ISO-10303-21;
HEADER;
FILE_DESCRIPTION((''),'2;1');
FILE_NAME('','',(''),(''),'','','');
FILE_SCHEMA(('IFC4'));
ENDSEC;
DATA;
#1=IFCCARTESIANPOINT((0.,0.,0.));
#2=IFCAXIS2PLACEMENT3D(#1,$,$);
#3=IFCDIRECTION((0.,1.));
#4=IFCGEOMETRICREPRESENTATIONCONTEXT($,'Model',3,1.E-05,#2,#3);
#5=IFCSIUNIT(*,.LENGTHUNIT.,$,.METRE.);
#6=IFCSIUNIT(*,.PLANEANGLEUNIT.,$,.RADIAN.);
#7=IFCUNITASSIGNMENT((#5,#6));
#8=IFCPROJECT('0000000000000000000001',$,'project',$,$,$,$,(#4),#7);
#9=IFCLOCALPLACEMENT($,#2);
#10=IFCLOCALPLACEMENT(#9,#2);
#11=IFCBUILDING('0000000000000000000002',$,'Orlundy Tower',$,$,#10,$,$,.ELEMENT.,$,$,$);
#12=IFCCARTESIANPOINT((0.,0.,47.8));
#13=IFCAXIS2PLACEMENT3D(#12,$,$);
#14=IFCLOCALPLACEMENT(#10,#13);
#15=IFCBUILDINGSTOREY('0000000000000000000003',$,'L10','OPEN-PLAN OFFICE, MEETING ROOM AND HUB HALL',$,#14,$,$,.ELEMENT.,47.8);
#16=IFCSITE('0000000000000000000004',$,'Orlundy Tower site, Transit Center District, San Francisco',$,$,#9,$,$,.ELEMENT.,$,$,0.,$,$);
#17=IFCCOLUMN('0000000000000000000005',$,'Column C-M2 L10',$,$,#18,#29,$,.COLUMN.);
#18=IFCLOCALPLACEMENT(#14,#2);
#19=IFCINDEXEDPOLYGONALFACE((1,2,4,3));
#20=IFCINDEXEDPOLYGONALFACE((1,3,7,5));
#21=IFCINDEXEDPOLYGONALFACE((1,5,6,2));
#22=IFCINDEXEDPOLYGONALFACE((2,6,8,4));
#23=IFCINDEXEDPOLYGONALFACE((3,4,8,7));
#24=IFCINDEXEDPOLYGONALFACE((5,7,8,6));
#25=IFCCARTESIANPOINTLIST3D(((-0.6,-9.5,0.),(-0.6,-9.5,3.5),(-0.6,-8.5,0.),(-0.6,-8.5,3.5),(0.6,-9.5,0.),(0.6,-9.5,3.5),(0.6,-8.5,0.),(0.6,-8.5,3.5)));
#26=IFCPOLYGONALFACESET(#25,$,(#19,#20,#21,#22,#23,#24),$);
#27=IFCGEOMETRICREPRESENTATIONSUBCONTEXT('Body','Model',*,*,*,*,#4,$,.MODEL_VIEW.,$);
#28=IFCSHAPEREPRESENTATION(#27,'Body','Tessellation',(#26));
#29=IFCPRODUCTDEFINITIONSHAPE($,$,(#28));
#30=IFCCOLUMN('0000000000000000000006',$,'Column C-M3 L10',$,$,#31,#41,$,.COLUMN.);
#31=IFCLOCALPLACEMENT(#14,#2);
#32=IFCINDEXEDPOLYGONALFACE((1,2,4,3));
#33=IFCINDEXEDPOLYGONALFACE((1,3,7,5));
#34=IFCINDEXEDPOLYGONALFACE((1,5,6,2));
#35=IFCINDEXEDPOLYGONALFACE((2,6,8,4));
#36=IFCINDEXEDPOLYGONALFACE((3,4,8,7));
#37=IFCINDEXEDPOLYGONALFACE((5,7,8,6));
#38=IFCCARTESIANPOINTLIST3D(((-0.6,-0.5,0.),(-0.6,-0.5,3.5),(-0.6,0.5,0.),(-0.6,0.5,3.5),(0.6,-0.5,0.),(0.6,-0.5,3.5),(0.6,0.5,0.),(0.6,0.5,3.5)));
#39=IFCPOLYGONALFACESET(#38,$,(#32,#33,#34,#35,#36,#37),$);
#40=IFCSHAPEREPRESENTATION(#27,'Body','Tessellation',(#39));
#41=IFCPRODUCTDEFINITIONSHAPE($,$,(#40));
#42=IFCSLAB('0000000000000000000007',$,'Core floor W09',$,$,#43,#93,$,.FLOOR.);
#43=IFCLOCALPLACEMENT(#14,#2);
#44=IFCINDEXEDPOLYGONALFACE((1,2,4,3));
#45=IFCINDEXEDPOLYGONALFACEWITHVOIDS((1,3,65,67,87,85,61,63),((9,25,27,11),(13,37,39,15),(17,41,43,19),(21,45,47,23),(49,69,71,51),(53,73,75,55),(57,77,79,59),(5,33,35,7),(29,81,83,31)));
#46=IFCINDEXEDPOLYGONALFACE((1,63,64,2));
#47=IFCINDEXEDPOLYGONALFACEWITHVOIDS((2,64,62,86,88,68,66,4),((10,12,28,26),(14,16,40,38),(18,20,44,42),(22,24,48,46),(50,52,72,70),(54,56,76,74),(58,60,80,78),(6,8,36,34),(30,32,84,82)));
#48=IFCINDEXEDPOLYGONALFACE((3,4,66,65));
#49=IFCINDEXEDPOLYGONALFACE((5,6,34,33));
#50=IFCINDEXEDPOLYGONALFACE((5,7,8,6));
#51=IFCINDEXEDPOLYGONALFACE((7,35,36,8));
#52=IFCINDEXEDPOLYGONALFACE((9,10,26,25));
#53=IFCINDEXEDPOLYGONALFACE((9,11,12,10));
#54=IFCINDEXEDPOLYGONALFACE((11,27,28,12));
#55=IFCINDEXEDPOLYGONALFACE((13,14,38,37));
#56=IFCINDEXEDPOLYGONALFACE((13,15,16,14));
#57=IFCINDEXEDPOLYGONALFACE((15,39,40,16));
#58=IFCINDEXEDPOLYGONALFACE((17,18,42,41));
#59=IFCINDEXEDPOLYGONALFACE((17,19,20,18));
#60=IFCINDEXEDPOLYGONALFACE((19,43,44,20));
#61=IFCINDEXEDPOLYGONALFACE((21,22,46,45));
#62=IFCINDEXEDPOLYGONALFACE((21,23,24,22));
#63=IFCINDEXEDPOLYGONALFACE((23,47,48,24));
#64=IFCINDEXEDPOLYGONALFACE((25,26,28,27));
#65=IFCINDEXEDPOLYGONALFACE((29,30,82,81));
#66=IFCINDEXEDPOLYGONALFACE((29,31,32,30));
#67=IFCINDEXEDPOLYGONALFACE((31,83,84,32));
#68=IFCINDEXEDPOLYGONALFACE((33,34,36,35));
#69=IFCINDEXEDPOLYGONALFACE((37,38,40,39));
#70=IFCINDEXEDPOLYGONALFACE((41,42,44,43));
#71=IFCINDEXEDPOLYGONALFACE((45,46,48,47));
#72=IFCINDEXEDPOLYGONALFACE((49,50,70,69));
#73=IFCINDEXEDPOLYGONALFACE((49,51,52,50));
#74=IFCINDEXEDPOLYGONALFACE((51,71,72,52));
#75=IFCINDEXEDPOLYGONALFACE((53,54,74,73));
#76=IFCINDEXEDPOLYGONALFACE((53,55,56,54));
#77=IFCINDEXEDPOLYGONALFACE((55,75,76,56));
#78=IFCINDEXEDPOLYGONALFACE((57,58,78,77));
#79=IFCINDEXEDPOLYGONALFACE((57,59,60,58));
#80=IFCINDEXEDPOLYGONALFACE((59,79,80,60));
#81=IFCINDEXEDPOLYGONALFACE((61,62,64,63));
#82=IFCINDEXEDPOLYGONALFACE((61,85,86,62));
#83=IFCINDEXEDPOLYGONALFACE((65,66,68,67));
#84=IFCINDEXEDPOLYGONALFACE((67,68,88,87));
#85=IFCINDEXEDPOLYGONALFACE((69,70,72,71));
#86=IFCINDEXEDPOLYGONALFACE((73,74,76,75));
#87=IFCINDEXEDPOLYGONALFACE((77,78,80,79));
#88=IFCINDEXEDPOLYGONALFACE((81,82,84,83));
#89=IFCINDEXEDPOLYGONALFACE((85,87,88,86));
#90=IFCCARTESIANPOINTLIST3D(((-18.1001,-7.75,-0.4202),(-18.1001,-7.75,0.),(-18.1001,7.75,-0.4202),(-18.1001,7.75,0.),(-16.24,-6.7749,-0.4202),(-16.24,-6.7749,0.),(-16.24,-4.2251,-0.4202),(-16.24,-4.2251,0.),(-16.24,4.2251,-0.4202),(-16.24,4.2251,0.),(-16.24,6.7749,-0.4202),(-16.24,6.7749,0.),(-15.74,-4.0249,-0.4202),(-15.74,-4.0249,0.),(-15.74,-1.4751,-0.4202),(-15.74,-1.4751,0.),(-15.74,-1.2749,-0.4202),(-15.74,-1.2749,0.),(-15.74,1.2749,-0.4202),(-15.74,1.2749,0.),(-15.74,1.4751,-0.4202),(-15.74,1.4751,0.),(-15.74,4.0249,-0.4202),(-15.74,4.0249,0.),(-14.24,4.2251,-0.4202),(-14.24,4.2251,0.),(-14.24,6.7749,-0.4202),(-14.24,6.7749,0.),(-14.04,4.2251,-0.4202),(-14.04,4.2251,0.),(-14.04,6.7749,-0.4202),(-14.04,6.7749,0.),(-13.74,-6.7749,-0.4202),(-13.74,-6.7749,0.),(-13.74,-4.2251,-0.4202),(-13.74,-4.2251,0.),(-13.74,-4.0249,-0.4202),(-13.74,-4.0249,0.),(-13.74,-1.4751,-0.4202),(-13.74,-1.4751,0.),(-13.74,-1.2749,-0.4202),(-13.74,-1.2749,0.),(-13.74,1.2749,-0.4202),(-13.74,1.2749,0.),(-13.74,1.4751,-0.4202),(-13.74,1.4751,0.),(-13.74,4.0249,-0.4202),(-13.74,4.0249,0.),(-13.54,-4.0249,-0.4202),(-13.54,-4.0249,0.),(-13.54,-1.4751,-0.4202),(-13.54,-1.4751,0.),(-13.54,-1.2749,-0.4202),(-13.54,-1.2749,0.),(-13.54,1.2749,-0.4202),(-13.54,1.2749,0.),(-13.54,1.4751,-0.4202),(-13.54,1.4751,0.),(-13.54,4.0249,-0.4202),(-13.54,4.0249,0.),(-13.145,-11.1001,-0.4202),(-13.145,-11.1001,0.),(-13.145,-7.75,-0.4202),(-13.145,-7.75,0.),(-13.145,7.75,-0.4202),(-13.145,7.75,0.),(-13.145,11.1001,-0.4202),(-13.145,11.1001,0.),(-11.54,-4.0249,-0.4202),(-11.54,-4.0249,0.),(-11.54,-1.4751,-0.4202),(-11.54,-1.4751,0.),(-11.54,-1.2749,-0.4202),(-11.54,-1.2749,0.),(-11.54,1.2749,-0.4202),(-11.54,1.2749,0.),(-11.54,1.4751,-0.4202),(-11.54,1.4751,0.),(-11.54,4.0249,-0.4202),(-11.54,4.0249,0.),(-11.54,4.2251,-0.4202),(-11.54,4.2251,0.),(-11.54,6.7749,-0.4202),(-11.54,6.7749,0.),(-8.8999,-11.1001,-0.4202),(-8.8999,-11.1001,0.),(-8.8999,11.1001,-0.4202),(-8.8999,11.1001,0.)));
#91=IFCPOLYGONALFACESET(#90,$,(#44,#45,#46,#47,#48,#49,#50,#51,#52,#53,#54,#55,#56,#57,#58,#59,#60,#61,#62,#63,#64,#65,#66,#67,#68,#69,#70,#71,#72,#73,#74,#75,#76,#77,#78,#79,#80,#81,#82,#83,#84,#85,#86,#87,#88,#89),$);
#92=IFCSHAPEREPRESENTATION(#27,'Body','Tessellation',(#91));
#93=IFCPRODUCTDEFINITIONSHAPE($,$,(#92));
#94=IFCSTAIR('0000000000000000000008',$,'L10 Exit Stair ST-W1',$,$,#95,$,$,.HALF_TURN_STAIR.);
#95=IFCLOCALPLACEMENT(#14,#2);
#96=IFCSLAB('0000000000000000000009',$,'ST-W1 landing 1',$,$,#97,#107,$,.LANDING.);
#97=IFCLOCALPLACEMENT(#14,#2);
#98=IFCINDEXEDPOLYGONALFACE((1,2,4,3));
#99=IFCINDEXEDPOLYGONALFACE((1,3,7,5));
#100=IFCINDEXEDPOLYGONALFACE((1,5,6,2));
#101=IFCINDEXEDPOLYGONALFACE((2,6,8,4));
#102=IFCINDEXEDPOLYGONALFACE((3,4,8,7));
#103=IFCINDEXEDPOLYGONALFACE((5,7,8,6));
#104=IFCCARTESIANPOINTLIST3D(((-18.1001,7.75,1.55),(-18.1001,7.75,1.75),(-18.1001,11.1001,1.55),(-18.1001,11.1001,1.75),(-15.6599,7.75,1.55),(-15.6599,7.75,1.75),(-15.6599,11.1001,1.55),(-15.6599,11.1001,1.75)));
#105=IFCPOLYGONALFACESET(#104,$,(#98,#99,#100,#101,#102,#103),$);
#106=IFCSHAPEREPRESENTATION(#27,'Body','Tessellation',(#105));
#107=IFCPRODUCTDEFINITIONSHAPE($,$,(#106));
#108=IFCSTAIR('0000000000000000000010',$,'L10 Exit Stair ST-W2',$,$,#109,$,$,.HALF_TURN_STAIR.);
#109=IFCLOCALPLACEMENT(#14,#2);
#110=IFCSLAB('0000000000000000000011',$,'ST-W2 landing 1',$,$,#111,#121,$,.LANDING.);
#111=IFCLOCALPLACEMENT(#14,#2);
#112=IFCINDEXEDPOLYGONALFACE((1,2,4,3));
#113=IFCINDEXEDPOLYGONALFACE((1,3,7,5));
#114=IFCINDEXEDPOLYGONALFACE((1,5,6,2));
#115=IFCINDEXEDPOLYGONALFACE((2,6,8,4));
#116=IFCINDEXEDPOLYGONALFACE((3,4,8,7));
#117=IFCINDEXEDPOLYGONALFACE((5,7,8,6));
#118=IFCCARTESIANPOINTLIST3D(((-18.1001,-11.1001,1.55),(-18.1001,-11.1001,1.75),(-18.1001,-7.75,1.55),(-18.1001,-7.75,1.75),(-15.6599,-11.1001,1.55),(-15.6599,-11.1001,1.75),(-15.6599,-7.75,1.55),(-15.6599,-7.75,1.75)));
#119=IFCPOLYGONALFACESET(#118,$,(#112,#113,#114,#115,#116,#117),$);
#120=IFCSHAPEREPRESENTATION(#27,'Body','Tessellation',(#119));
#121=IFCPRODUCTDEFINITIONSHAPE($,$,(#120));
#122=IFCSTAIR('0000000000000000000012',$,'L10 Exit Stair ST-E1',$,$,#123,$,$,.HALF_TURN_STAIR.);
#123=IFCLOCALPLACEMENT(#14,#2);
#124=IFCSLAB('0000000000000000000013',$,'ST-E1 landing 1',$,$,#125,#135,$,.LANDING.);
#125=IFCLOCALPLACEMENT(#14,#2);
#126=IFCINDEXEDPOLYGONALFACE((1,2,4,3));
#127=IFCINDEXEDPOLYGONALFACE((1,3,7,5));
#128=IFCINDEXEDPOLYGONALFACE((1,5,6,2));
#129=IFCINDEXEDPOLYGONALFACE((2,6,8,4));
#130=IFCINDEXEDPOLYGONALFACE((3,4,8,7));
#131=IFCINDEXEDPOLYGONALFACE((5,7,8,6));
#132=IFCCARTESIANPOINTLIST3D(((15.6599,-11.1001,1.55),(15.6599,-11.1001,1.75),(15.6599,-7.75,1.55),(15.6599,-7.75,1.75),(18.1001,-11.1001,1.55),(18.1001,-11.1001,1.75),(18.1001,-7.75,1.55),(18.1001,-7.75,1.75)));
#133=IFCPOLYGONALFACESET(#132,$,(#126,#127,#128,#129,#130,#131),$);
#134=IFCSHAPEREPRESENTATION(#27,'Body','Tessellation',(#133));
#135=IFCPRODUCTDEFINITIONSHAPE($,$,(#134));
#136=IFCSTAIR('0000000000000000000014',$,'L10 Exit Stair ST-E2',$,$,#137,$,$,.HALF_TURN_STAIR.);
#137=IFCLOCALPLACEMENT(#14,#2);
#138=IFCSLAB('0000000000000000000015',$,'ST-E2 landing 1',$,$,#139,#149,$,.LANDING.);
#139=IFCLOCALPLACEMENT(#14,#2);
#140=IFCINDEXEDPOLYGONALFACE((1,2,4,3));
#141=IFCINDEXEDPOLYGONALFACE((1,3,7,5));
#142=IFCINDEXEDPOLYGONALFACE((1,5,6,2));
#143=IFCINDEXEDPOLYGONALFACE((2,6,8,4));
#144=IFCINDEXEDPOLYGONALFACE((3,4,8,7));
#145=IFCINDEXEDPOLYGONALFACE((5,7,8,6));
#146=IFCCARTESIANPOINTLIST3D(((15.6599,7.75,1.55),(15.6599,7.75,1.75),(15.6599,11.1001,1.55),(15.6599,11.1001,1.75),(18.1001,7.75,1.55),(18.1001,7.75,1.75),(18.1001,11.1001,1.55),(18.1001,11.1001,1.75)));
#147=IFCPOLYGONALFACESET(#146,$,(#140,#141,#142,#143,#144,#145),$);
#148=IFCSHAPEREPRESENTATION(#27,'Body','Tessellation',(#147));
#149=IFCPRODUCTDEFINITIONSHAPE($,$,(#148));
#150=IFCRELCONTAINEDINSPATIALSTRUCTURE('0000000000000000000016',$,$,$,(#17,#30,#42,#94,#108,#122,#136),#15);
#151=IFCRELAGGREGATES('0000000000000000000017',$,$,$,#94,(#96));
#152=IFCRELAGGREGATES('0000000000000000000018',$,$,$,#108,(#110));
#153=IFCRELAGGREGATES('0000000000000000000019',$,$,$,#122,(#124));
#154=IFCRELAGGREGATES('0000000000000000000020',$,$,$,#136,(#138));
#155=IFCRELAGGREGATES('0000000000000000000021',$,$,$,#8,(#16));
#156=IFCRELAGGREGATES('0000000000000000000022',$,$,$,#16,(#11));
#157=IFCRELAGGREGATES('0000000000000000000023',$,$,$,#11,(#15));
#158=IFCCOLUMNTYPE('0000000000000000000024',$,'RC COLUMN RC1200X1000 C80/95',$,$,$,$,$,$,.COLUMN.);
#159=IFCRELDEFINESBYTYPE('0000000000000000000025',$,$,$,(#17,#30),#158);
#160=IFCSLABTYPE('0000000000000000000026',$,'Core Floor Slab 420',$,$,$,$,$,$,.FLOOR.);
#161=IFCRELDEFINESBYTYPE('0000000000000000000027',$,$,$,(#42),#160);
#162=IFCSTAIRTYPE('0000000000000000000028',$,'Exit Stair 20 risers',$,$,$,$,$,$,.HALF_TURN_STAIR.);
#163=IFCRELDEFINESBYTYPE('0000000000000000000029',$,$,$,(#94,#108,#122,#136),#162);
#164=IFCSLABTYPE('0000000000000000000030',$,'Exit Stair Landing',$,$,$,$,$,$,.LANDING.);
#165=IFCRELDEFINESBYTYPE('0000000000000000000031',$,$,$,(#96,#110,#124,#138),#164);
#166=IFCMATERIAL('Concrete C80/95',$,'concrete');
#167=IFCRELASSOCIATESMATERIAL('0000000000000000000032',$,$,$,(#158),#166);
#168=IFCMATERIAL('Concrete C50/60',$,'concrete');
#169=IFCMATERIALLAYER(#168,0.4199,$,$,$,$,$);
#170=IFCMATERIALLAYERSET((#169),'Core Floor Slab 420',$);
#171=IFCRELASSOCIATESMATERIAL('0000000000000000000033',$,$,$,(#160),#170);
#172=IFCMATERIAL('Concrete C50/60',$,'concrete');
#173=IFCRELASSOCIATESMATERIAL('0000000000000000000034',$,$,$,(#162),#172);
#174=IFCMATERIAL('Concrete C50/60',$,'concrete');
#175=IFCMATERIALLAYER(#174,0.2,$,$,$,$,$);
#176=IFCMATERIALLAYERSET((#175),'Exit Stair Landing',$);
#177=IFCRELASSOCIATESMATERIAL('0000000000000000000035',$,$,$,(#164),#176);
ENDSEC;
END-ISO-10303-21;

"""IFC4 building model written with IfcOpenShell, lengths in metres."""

from ifc_helpers import new_model, si_unit, direction, frame, origin, origin_2d, place, context, subcontext, project, spatial, polyline, rectangle, outline, extrude, material, layer, layer_set, material_profile, profile_set, type_object, element, aggregate, save


model = new_model("IFC4")

# Units and contexts
model_context = context("Model", 3, precision=1e-05, world=origin(), true_north=direction((0.0, 1.0)))
body_context = subcontext(model_context, "Body", "Model", "MODEL_VIEW")
ifc_project = project(units=[si_unit("LENGTHUNIT", "METRE"), si_unit("PLANEANGLEUNIT", "RADIAN")], contexts=[model_context])

# Site, building, storey
site_placement = place(None, origin())
site = spatial("IfcSite", under=ifc_project, at=site_placement, Name="Orlundy Tower site, Transit Center District, San Francisco", CompositionType="ELEMENT", RefElevation=0.0)
building_placement = place(site_placement, origin())
building = spatial("IfcBuilding", under=site, at=building_placement, Name="Orlundy Tower", CompositionType="ELEMENT")
storey_placement = place(building_placement, frame((0.0, 0.0, 47.8)))
storey = spatial("IfcBuildingStorey", under=building, at=storey_placement, Name="L10", Description="OPEN-PLAN OFFICE, MEETING ROOM AND HUB HALL", CompositionType="ELEMENT", Elevation=47.8)

# Columns
ifc_material_1 = material(Name="Concrete C80/95", Category="concrete")
ifc_material_profile = material_profile(ifc_material_1, rectangle(XDim=1.2, YDim=1.0, at=origin_2d()), Name="RC1200X1000")
ifc_profile_set = profile_set([ifc_material_profile], Name="Concrete C80/95")
column_type = type_object("IfcColumnType", Name="RC COLUMN RC1200X1000 C80/95", PredefinedType="COLUMN", material=ifc_profile_set)
for number, where, z_axis, x_axis, name in (
    (1, (0.0, -9.0, 0.0), (0.0, 0.0, 1.0), (1.0, 0.0, 0.0), "Column C-M2 L10"),
    (2, (0.0, 0.0, 0.0), (0.0, 0.0, 1.0), (1.0, 0.0, 0.0), "Column C-M3 L10"),
):
    element("IfcColumn", number, at=place(storey_placement, frame(where, z_axis=z_axis, x_axis=x_axis)), inside=storey, type_object=column_type, Name=name, PredefinedType="COLUMN", context=body_context, shape_type="SweptSolid", body=[
        extrude(rectangle(XDim=1.2, YDim=1.0, at=origin_2d()), origin(), (0.0, 0.0, 1.0), 3.5),
    ])

# Slab
ifc_material_2 = material(Name="Concrete C50/60", Category="concrete")
ifc_layer_1 = layer(ifc_material_2, 0.4199)
ifc_layer_set_1 = layer_set([ifc_layer_1], Name="Core Floor Slab 420")
slab_type_1 = type_object("IfcSlabType", Name="Core Floor Slab 420", PredefinedType="FLOOR", material=ifc_layer_set_1)
slab_1_placement = place(storey_placement, frame((0.0, 0.0, -0.4202)))
element("IfcSlab", 3, at=slab_1_placement, inside=storey, type_object=slab_type_1, Name="Core floor W09", PredefinedType="FLOOR", context=body_context, shape_type="SweptSolid", body=[
    extrude(outline(polyline([(-13.145, 7.75), (-13.145, 11.1001), (-8.8999, 11.1001), (-8.8999, -11.1001), (-13.145, -11.1001), (-13.145, -7.75), (-18.1001, -7.75), (-18.1001, 7.75), (-13.145, 7.75)]), holes=[polyline([(-16.24, -6.7749), (-13.74, -6.7749), (-13.74, -4.2251), (-16.24, -4.2251), (-16.24, -6.7749)]), polyline([(-13.54, -1.4751), (-13.54, -4.0249), (-11.54, -4.0249), (-11.54, -1.4751), (-13.54, -1.4751)]), polyline([(-13.74, -1.4751), (-15.74, -1.4751), (-15.74, -4.0249), (-13.74, -4.0249), (-13.74, -1.4751)]), polyline([(-11.54, -1.2749), (-11.54, 1.2749), (-13.54, 1.2749), (-13.54, -1.2749), (-11.54, -1.2749)]), polyline([(-15.74, -1.2749), (-13.74, -1.2749), (-13.74, 1.2749), (-15.74, 1.2749), (-15.74, -1.2749)]), polyline([(-13.54, 4.0249), (-13.54, 1.4751), (-11.54, 1.4751), (-11.54, 4.0249), (-13.54, 4.0249)]), polyline([(-13.74, 4.0249), (-15.74, 4.0249), (-15.74, 1.4751), (-13.74, 1.4751), (-13.74, 4.0249)]), polyline([(-11.54, 4.2251), (-11.54, 6.7749), (-14.04, 6.7749), (-14.04, 4.2251), (-11.54, 4.2251)]), polyline([(-16.24, 4.2251), (-14.24, 4.2251), (-14.24, 6.7749), (-16.24, 6.7749), (-16.24, 4.2251)])]), origin(), (0.0, 0.0, 1.0), 0.4202),
])

# Stairs, slabs
ifc_material_3 = material(Name="Concrete C50/60", Category="concrete")
stair_type = type_object("IfcStairType", Name="Exit Stair 20 risers", PredefinedType="HALF_TURN_STAIR", material=ifc_material_3)
stair_1_placement = place(storey_placement, origin())
stair_1 = element("IfcStair", 4, at=stair_1_placement, inside=storey, type_object=stair_type, Name="L10 Exit Stair ST-W1", PredefinedType="HALF_TURN_STAIR")
ifc_material_4 = material(Name="Concrete C50/60", Category="concrete")
ifc_layer_2 = layer(ifc_material_4, 0.2)
ifc_layer_set_2 = layer_set([ifc_layer_2], Name="Exit Stair Landing")
slab_type_2 = type_object("IfcSlabType", Name="Exit Stair Landing", PredefinedType="LANDING", material=ifc_layer_set_2)
slab_2_placement = place(storey_placement, frame((0.0, 0.0, 1.55)))
slab_2 = element("IfcSlab", 5, at=slab_2_placement, type_object=slab_type_2, Name="ST-W1 landing 1", PredefinedType="LANDING", context=body_context, shape_type="SweptSolid", body=[
    extrude(outline(polyline([(-15.6599, 11.1001), (-18.1001, 11.1001), (-18.1001, 7.75), (-15.6599, 7.75), (-15.6599, 11.1001)])), origin(), (0.0, 0.0, 1.0), 0.2),
])
aggregate(stair_1, [slab_2])
stair_2_placement = place(storey_placement, origin())
stair_2 = element("IfcStair", 6, at=stair_2_placement, inside=storey, type_object=stair_type, Name="L10 Exit Stair ST-W2", PredefinedType="HALF_TURN_STAIR")
slab_3_placement = place(storey_placement, frame((0.0, 0.0, 1.55)))
slab_3 = element("IfcSlab", 7, at=slab_3_placement, type_object=slab_type_2, Name="ST-W2 landing 1", PredefinedType="LANDING", context=body_context, shape_type="SweptSolid", body=[
    extrude(outline(polyline([(-15.6599, -7.75), (-18.1001, -7.75), (-18.1001, -11.1001), (-15.6599, -11.1001), (-15.6599, -7.75)])), origin(), (0.0, 0.0, 1.0), 0.2),
])
aggregate(stair_2, [slab_3])
stair_3_placement = place(storey_placement, origin())
stair_3 = element("IfcStair", 8, at=stair_3_placement, inside=storey, type_object=stair_type, Name="L10 Exit Stair ST-E1", PredefinedType="HALF_TURN_STAIR")
slab_4_placement = place(storey_placement, frame((0.0, 0.0, 1.55)))
slab_4 = element("IfcSlab", 9, at=slab_4_placement, type_object=slab_type_2, Name="ST-E1 landing 1", PredefinedType="LANDING", context=body_context, shape_type="SweptSolid", body=[
    extrude(outline(polyline([(15.6599, -11.1001), (18.1001, -11.1001), (18.1001, -7.75), (15.6599, -7.75), (15.6599, -11.1001)])), origin(), (0.0, 0.0, 1.0), 0.2),
])
aggregate(stair_3, [slab_4])
stair_4_placement = place(storey_placement, origin())
stair_4 = element("IfcStair", 10, at=stair_4_placement, inside=storey, type_object=stair_type, Name="L10 Exit Stair ST-E2", PredefinedType="HALF_TURN_STAIR")
slab_5_placement = place(storey_placement, frame((0.0, 0.0, 1.55)))
slab_5 = element("IfcSlab", 11, at=slab_5_placement, type_object=slab_type_2, Name="ST-E2 landing 1", PredefinedType="LANDING", context=body_context, shape_type="SweptSolid", body=[
    extrude(outline(polyline([(15.6599, 7.75), (18.1001, 7.75), (18.1001, 11.1001), (15.6599, 11.1001), (15.6599, 7.75)])), origin(), (0.0, 0.0, 1.0), 0.2),
])
aggregate(stair_4, [slab_5])

save(model, "model.ifc")
